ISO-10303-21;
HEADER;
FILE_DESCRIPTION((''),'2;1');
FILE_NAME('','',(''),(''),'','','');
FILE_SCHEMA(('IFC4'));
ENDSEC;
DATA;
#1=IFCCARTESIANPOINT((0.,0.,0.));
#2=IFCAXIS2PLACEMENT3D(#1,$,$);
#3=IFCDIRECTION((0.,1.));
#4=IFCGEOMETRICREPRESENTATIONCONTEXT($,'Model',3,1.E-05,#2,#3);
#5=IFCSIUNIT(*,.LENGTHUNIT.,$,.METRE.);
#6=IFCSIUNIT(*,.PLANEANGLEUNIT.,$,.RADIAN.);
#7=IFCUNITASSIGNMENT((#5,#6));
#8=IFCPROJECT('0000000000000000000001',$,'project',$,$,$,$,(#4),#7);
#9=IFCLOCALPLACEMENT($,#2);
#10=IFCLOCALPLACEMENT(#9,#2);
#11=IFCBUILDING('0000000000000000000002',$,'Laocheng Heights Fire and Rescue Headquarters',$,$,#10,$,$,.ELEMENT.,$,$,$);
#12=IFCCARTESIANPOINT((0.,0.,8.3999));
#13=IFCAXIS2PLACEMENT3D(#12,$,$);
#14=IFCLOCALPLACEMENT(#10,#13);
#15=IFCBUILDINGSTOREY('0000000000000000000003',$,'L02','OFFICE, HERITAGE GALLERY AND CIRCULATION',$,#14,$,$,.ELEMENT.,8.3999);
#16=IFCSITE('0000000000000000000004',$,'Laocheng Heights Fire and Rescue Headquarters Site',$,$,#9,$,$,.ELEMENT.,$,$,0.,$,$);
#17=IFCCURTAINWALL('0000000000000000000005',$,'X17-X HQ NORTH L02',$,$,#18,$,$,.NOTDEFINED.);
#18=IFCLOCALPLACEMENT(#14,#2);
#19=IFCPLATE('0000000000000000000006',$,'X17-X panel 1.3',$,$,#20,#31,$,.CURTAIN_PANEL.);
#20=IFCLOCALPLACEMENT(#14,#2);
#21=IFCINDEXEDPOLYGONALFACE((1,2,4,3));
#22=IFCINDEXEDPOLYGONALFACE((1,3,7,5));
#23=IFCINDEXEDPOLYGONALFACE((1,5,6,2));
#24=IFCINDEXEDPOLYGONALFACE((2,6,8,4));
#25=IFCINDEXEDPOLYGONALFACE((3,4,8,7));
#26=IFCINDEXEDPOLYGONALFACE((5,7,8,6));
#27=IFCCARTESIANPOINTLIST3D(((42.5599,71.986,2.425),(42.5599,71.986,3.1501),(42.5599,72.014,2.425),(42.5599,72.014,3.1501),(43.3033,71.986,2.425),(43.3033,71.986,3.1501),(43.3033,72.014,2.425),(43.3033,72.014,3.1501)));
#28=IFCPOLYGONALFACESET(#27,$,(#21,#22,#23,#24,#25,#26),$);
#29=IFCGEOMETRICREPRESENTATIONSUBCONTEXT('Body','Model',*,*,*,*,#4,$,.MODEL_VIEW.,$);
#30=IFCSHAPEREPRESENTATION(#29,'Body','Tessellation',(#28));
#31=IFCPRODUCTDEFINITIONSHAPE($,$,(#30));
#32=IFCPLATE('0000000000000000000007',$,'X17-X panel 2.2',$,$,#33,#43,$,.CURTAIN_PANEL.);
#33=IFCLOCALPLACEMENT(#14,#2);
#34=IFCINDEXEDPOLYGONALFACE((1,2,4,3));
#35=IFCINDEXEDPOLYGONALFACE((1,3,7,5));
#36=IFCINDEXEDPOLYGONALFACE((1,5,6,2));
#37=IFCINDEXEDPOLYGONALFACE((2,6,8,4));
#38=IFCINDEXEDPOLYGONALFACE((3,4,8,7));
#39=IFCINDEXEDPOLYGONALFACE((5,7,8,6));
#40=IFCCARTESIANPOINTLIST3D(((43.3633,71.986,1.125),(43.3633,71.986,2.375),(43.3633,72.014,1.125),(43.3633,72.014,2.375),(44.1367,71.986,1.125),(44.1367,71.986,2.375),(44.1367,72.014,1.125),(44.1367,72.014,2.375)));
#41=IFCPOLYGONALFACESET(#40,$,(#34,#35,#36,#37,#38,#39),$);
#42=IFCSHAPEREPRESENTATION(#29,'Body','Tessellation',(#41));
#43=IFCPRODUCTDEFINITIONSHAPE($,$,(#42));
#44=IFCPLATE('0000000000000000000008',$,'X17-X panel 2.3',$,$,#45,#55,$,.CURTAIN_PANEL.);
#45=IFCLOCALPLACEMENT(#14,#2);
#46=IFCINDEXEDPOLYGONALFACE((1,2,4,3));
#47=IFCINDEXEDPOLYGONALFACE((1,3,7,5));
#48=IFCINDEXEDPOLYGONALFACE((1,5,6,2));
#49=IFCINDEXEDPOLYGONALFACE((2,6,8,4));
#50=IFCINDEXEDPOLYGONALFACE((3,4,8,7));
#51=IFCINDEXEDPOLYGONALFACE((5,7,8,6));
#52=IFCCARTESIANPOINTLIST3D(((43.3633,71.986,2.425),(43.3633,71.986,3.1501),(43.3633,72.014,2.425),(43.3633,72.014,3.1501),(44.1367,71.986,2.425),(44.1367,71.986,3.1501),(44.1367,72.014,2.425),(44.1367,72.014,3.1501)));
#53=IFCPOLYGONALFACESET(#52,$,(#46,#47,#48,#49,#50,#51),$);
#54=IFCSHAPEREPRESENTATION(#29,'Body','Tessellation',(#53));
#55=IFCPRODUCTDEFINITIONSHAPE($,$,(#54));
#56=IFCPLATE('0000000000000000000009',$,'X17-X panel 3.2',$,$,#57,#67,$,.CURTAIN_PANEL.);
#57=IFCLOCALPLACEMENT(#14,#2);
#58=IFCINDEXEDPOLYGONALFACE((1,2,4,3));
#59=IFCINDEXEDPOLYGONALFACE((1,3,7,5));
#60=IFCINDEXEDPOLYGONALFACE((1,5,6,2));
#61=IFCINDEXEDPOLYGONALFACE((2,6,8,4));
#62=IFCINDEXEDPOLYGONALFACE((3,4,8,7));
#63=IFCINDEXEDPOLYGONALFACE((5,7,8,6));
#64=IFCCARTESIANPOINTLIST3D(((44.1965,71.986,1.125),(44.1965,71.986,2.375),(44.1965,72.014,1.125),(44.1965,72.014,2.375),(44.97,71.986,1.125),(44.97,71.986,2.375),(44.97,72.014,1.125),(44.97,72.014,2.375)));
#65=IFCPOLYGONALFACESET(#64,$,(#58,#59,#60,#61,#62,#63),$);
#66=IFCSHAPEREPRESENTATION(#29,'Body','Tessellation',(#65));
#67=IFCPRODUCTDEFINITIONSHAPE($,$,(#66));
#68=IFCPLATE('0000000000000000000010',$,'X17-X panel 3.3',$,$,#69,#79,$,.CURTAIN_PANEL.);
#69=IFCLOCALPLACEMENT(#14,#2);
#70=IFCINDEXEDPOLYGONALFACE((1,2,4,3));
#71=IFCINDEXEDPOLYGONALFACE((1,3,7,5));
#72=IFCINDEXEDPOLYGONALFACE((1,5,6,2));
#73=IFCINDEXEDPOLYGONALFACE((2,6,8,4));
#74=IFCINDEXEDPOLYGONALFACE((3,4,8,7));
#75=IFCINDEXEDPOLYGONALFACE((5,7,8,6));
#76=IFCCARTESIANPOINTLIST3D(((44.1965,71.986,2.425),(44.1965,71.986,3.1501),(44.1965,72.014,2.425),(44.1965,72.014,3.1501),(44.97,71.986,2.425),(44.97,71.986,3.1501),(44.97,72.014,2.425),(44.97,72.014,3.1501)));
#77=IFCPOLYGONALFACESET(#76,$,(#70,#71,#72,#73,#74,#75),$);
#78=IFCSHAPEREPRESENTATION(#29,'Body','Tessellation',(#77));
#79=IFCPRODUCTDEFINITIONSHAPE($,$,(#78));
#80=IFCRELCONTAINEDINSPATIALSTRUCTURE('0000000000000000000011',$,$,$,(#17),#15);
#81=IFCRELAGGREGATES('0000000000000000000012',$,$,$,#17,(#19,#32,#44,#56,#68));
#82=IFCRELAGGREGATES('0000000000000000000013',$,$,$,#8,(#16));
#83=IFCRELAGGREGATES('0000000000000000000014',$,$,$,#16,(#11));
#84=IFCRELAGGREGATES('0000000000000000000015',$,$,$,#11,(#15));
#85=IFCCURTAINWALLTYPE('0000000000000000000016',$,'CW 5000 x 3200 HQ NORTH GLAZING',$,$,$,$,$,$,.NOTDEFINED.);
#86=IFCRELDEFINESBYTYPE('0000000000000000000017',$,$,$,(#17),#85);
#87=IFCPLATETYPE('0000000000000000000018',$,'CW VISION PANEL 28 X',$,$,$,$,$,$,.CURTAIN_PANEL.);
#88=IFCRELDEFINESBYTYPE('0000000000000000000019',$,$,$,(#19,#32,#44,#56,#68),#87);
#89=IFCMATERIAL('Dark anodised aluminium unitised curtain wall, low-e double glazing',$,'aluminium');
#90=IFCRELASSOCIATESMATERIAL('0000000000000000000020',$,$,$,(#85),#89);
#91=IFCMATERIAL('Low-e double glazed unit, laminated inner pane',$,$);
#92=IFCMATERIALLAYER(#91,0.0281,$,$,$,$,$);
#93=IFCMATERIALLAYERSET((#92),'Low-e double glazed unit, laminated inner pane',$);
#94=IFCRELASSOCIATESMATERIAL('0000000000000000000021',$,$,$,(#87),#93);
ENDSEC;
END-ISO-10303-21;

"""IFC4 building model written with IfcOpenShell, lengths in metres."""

from ifc_helpers import new_model, si_unit, direction, frame, origin, origin_2d, place, context, subcontext, project, spatial, rectangle, extrude, material, layer, layer_set, type_object, element, aggregate, save


model = new_model("IFC4")

# Units and contexts
model_context = context("Model", 3, precision=1e-05, world=origin(), true_north=direction((0.0, 1.0)))
body_context = subcontext(model_context, "Body", "Model", "MODEL_VIEW")
ifc_project = project(units=[si_unit("LENGTHUNIT", "METRE"), si_unit("PLANEANGLEUNIT", "RADIAN")], contexts=[model_context])

# Site, building, storey
site_placement = place(None, origin())
site = spatial("IfcSite", under=ifc_project, at=site_placement, Name="Laocheng Heights Fire and Rescue Headquarters Site", CompositionType="ELEMENT", RefElevation=0.0)
building_placement = place(site_placement, origin())
building = spatial("IfcBuilding", under=site, at=building_placement, Name="Laocheng Heights Fire and Rescue Headquarters", CompositionType="ELEMENT")
storey_placement = place(building_placement, frame((0.0, 0.0, 8.3999)))
storey = spatial("IfcBuildingStorey", under=building, at=storey_placement, Name="L02", Description="OFFICE, HERITAGE GALLERY AND CIRCULATION", CompositionType="ELEMENT", Elevation=8.3999)

# Shared definitions
ifc_material_1 = material(Name="Dark anodised aluminium unitised curtain wall, low-e double glazing", Category="aluminium")
curtain_wall_type = type_object("IfcCurtainWallType", Name="CW 5000 x 3200 HQ NORTH GLAZING", PredefinedType="NOTDEFINED", material=ifc_material_1)

# Curtain wall
curtain_wall_1_placement = place(storey_placement, origin())
curtain_wall_1 = element("IfcCurtainWall", 1, at=curtain_wall_1_placement, inside=storey, type_object=curtain_wall_type, Name="X17-X HQ NORTH L02", PredefinedType="NOTDEFINED")

# Plates
ifc_material_2 = material(Name="Low-e double glazed unit, laminated inner pane")
ifc_layer_1 = layer(ifc_material_2, 0.0281)
ifc_layer_set_1 = layer_set([ifc_layer_1], Name="Low-e double glazed unit, laminated inner pane")
plate_type_1 = type_object("IfcPlateType", Name="CW VISION PANEL 28 X", PredefinedType="CURTAIN_PANEL", material=ifc_layer_set_1)
plate_1_placement = place(storey_placement, frame((42.9316, 72.0, 2.425), z_axis=(0.0, 0.0, 1.0), x_axis=(1.0, 0.0, 0.0)))
plate_1 = element("IfcPlate", 2, at=plate_1_placement, type_object=plate_type_1, Name="X17-X panel 1.3", PredefinedType="CURTAIN_PANEL", context=body_context, shape_type="SweptSolid", body=[
    extrude(rectangle(XDim=0.7434, YDim=0.0281, at=origin_2d()), origin(), (0.0, 0.0, 1.0), 0.7251),
])
plate_2_placement = place(storey_placement, frame((43.75, 72.0, 1.125), z_axis=(0.0, 0.0, 1.0), x_axis=(1.0, 0.0, 0.0)))
plate_2 = element("IfcPlate", 3, at=plate_2_placement, type_object=plate_type_1, Name="X17-X panel 2.2", PredefinedType="CURTAIN_PANEL", context=body_context, shape_type="SweptSolid", body=[
    extrude(rectangle(XDim=0.7734, YDim=0.0281, at=origin_2d()), origin(), (0.0, 0.0, 1.0), 1.25),
])
plate_3_placement = place(storey_placement, frame((43.75, 72.0, 2.425), z_axis=(0.0, 0.0, 1.0), x_axis=(1.0, 0.0, 0.0)))
plate_3 = element("IfcPlate", 4, at=plate_3_placement, type_object=plate_type_1, Name="X17-X panel 2.3", PredefinedType="CURTAIN_PANEL", context=body_context, shape_type="SweptSolid", body=[
    extrude(rectangle(XDim=0.7734, YDim=0.0281, at=origin_2d()), origin(), (0.0, 0.0, 1.0), 0.7251),
])
plate_4_placement = place(storey_placement, frame((44.5833, 72.0, 1.125), z_axis=(0.0, 0.0, 1.0), x_axis=(1.0, 0.0, 0.0)))
plate_4 = element("IfcPlate", 5, at=plate_4_placement, type_object=plate_type_1, Name="X17-X panel 3.2", PredefinedType="CURTAIN_PANEL", context=body_context, shape_type="SweptSolid", body=[
    extrude(rectangle(XDim=0.7734, YDim=0.0281, at=origin_2d()), origin(), (0.0, 0.0, 1.0), 1.25),
])
plate_5_placement = place(storey_placement, frame((44.5833, 72.0, 2.425), z_axis=(0.0, 0.0, 1.0), x_axis=(1.0, 0.0, 0.0)))
plate_5 = element("IfcPlate", 6, at=plate_5_placement, type_object=plate_type_1, Name="X17-X panel 3.3", PredefinedType="CURTAIN_PANEL", context=body_context, shape_type="SweptSolid", body=[
    extrude(rectangle(XDim=0.7734, YDim=0.0281, at=origin_2d()), origin(), (0.0, 0.0, 1.0), 0.7251),
])
aggregate(curtain_wall_1, [plate_1, plate_2, plate_3, plate_4, plate_5])

save(model, "model.ifc")
